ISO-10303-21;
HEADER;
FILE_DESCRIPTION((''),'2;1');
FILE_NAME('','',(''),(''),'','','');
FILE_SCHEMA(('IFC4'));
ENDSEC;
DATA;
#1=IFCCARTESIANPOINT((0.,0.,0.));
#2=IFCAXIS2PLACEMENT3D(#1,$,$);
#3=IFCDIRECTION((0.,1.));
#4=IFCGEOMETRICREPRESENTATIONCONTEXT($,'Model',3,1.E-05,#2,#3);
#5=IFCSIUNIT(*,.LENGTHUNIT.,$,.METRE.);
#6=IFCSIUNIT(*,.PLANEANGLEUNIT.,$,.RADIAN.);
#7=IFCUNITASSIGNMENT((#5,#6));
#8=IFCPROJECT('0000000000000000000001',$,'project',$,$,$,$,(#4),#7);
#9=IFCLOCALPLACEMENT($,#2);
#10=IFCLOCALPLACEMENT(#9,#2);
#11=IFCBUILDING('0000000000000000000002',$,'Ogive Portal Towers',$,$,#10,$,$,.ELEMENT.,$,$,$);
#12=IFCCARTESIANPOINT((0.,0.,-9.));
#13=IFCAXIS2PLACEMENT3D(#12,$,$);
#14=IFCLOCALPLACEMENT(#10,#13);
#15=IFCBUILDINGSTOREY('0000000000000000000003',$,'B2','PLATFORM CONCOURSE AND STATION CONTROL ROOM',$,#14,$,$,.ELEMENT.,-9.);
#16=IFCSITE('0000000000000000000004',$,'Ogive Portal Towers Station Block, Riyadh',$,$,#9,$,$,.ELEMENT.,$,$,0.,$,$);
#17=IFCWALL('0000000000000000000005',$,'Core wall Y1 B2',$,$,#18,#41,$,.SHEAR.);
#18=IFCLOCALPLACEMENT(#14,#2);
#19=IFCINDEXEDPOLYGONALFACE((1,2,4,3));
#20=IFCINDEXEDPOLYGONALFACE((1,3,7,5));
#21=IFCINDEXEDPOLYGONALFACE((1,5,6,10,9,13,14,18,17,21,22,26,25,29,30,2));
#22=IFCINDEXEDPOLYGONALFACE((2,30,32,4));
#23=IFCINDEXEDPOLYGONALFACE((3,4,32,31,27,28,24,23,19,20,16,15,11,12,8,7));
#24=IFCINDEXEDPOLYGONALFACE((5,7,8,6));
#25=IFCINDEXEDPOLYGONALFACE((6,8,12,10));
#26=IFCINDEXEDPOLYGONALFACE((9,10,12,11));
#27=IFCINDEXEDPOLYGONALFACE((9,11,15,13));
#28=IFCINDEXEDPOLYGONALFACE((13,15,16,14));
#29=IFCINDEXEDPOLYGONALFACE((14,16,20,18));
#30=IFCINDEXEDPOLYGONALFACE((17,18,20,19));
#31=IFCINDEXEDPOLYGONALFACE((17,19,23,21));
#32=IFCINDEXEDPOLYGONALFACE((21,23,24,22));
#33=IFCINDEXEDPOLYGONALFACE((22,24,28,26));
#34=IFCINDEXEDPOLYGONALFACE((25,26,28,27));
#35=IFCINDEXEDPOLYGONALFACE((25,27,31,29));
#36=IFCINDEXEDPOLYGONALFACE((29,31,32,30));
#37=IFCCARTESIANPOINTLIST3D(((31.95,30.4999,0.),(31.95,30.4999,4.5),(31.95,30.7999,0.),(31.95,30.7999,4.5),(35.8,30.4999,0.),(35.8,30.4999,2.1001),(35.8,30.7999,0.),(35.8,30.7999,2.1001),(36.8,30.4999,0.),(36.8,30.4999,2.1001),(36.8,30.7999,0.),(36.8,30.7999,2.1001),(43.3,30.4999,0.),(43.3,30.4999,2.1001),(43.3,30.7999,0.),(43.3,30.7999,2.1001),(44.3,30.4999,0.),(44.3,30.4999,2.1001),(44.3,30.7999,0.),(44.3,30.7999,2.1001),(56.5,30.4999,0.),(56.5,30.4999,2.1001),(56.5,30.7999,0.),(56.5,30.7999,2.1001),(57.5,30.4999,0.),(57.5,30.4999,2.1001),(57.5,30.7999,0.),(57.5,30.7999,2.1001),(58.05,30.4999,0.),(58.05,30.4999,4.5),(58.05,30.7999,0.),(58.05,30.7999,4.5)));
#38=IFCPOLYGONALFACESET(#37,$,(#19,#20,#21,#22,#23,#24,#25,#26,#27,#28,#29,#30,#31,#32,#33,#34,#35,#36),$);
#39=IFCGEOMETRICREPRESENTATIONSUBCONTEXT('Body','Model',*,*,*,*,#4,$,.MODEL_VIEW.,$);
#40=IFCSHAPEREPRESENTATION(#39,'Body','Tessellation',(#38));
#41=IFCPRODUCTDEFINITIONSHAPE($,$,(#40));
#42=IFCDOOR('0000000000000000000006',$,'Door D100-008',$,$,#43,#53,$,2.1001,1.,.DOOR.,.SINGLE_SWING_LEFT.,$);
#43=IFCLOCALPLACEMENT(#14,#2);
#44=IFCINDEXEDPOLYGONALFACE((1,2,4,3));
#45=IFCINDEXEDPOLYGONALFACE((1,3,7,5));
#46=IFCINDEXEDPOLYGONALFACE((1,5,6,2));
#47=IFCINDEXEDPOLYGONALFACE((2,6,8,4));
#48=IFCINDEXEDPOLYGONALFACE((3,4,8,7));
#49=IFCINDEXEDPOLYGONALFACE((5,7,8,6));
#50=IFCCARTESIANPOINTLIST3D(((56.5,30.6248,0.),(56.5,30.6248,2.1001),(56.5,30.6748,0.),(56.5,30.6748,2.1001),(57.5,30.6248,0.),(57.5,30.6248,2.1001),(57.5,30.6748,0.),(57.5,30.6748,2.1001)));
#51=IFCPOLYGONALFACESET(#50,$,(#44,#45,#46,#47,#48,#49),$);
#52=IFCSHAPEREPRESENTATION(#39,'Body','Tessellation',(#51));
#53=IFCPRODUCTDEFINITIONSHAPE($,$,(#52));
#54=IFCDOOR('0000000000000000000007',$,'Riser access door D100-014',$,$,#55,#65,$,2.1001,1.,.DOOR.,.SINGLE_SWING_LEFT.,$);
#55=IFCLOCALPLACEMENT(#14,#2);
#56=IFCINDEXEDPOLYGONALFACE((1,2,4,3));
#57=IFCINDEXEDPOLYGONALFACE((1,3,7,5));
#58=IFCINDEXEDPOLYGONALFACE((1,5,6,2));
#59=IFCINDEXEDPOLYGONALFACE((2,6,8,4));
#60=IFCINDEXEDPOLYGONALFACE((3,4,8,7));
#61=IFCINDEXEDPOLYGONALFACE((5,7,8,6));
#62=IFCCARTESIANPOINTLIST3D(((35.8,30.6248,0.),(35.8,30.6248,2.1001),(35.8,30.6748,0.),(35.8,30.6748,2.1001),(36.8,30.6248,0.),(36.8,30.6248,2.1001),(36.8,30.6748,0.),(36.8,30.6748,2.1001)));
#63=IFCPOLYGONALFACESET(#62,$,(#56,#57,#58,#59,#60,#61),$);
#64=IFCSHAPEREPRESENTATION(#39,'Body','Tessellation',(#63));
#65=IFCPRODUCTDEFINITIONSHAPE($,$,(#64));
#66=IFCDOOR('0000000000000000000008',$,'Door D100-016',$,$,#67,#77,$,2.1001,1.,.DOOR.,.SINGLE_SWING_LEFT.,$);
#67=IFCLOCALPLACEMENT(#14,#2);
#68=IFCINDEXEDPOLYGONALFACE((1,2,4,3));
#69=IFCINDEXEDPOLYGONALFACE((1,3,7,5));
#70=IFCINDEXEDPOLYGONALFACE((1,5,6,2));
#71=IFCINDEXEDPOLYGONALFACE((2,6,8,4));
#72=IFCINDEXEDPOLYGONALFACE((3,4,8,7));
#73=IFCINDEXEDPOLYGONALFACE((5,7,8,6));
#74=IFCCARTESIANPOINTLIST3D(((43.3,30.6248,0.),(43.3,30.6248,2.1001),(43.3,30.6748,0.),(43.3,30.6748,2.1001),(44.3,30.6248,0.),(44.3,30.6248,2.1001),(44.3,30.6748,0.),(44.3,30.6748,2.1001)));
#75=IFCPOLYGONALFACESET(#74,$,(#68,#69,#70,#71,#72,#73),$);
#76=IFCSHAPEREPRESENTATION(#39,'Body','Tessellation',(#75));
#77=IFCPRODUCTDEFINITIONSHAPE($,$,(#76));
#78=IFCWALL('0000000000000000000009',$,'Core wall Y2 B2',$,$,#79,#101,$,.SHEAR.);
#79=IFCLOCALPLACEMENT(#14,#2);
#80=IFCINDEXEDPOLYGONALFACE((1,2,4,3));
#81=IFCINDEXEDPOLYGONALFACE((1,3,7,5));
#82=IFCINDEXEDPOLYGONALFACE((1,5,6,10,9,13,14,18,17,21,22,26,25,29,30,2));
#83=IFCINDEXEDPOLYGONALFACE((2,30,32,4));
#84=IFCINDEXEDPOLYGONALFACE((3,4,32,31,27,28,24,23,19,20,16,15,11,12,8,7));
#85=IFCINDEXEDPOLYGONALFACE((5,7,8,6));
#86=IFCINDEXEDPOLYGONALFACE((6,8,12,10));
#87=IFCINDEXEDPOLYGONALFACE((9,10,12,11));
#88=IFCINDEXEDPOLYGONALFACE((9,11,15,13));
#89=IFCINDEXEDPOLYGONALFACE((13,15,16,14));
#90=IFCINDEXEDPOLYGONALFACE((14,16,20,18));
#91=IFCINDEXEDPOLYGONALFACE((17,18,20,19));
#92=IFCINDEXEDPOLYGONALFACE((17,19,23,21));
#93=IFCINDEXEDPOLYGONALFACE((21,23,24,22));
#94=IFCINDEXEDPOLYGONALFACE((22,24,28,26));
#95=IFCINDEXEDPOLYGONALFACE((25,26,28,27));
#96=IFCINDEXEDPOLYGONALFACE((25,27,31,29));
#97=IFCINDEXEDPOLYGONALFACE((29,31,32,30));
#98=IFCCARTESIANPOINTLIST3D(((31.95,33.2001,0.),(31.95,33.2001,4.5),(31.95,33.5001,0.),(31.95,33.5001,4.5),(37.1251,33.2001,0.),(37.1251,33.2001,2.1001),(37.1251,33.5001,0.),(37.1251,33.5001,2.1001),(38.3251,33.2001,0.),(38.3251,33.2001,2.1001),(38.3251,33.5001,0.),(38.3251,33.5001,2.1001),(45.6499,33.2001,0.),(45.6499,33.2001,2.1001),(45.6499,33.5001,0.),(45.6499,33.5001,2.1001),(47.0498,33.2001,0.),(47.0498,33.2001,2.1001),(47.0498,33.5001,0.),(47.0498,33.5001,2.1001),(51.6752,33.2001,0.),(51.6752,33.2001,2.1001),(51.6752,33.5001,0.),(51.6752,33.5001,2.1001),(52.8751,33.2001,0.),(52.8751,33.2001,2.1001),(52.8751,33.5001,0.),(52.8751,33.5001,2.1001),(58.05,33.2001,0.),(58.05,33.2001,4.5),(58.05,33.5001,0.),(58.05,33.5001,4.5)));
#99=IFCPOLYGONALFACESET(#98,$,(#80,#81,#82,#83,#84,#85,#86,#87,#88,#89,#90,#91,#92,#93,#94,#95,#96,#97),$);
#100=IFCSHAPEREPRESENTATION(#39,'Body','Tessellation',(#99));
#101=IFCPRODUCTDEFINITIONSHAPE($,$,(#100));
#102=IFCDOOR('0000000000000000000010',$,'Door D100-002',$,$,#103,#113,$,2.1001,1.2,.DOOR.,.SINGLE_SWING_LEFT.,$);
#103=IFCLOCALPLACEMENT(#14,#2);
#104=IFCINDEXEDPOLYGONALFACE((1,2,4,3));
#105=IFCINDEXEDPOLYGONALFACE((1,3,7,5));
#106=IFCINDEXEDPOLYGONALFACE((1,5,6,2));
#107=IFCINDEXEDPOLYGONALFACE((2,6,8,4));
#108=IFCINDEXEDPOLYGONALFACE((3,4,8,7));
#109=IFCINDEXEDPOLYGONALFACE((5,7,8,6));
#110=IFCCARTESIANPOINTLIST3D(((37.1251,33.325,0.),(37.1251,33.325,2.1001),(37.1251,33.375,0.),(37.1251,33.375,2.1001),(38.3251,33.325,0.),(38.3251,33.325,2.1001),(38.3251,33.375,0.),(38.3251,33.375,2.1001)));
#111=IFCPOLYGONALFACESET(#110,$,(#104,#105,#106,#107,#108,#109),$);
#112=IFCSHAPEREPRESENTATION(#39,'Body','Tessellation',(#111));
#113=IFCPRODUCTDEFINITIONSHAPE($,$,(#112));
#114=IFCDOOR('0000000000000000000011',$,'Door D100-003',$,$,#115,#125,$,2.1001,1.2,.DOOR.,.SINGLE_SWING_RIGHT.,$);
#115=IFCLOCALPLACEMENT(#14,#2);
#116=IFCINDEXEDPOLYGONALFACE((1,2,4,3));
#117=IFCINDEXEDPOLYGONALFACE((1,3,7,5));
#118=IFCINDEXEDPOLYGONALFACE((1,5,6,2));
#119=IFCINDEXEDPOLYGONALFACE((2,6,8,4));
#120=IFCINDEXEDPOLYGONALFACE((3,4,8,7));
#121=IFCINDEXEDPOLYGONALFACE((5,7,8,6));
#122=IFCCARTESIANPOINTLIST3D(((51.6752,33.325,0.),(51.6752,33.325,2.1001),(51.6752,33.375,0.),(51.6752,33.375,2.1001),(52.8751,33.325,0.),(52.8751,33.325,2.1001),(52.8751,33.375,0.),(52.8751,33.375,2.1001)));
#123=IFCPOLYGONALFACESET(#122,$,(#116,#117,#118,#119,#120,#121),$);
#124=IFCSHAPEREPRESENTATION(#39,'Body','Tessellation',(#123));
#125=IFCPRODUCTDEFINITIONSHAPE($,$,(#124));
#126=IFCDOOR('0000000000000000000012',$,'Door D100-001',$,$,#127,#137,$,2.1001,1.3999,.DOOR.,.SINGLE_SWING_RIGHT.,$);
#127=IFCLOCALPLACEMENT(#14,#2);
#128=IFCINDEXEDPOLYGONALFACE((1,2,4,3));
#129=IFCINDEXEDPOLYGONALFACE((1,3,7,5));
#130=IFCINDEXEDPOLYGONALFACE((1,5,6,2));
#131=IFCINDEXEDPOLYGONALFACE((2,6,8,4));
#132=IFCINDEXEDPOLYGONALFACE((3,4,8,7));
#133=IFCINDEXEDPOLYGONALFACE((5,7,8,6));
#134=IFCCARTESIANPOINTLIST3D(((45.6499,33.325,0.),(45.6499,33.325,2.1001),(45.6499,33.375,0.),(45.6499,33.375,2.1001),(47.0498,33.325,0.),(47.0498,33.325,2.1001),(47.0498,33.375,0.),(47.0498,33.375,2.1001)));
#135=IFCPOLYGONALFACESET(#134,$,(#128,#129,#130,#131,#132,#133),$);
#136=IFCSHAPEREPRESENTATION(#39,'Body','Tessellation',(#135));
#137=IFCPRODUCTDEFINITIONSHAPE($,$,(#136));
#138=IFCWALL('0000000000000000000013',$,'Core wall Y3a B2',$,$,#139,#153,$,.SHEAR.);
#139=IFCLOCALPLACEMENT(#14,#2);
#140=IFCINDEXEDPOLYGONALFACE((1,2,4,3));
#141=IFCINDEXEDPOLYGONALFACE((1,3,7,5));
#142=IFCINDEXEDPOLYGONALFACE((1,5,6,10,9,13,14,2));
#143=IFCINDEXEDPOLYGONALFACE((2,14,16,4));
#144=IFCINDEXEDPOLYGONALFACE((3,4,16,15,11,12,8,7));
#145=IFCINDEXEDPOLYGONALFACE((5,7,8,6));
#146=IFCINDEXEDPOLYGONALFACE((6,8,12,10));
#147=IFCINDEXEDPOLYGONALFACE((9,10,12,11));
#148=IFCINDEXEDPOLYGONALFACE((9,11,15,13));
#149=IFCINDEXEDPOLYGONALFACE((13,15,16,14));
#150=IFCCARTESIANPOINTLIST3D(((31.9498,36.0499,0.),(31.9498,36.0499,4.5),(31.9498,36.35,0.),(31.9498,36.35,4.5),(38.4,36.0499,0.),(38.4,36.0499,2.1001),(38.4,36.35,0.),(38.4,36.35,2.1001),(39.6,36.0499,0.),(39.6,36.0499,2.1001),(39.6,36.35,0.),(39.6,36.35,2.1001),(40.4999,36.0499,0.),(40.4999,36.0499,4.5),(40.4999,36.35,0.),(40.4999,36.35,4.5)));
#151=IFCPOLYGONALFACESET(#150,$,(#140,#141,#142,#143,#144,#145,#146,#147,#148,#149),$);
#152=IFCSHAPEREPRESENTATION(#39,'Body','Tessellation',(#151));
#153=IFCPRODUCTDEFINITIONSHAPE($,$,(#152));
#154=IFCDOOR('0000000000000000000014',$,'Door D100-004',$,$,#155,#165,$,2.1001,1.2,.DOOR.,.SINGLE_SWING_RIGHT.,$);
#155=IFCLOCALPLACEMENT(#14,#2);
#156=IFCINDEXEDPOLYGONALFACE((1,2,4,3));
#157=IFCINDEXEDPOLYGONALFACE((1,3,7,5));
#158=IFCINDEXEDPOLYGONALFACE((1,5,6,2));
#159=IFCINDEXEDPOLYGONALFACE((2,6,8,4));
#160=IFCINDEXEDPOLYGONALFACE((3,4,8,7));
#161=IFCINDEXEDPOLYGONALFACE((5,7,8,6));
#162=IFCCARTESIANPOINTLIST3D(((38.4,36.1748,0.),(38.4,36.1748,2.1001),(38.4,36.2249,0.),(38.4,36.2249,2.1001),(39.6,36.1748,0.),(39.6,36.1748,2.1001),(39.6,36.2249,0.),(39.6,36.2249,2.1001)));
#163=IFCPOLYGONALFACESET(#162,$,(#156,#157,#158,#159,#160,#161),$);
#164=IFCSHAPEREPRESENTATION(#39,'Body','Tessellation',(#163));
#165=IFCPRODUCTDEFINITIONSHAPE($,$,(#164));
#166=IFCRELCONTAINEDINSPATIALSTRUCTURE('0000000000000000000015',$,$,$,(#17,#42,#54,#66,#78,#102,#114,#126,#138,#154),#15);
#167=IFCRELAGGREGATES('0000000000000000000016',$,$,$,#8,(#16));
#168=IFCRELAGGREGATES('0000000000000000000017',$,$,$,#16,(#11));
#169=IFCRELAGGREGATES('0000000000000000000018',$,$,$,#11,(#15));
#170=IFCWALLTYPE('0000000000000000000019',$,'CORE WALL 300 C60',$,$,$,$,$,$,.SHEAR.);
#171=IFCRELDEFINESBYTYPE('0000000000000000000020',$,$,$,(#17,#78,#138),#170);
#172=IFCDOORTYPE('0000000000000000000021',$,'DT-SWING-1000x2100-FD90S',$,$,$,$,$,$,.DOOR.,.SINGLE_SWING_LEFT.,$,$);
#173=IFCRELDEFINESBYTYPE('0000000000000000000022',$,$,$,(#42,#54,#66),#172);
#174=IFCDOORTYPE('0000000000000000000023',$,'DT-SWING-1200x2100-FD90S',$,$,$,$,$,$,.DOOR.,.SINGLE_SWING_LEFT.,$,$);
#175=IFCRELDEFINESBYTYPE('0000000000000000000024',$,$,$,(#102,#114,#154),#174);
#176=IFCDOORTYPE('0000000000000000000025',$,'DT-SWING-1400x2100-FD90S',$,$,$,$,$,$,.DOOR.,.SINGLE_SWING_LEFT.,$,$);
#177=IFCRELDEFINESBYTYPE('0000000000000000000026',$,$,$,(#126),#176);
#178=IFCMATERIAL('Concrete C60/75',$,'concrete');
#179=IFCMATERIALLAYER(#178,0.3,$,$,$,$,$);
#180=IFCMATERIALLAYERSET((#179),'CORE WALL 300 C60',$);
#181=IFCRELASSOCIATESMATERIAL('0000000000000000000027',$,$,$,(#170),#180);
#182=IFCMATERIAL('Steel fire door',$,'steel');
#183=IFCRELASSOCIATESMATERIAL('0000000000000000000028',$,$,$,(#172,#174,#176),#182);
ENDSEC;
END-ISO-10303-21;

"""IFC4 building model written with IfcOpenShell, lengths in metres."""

from ifc_helpers import new_model, si_unit, direction, frame, frame_2d, origin, place, context, subcontext, project, spatial, rectangle, extrude, material, layer, layer_set, type_object, element, fill, save


model = new_model("IFC4")

# Units and contexts
model_context = context("Model", 3, precision=1e-05, world=origin(), true_north=direction((0.0, 1.0)))
body_context = subcontext(model_context, "Body", "Model", "MODEL_VIEW")
ifc_project = project(units=[si_unit("LENGTHUNIT", "METRE"), si_unit("PLANEANGLEUNIT", "RADIAN")], contexts=[model_context])

# Site, building, storey
site_placement = place(None, origin())
site = spatial("IfcSite", under=ifc_project, at=site_placement, Name="Ogive Portal Towers Station Block, Riyadh", CompositionType="ELEMENT", RefElevation=0.0)
building_placement = place(site_placement, origin())
building = spatial("IfcBuilding", under=site, at=building_placement, Name="Ogive Portal Towers", CompositionType="ELEMENT")
storey_placement = place(building_placement, frame((0.0, 0.0, -9.0)))
storey = spatial("IfcBuildingStorey", under=building, at=storey_placement, Name="B2", Description="PLATFORM CONCOURSE AND STATION CONTROL ROOM", CompositionType="ELEMENT", Elevation=-9.0)

# Walls, openings, doors
ifc_material_1 = material(Name="Concrete C60/75", Category="concrete")
ifc_layer_1 = layer(ifc_material_1, 0.3)
ifc_layer_set_1 = layer_set([ifc_layer_1], Name="CORE WALL 300 C60")
wall_type_1 = type_object("IfcWallType", Name="CORE WALL 300 C60", PredefinedType="SHEAR", material=ifc_layer_set_1)
wall_1_placement = place(storey_placement, frame((31.95, 30.6499, 0.0), z_axis=(0.0, 0.0, 1.0), x_axis=(1.0, 0.0, 0.0)))
wall_1 = element("IfcWall", 1, at=wall_1_placement, inside=storey, type_object=wall_type_1, Name="Core wall Y1 B2", PredefinedType="SHEAR", context=body_context, shape_type="SweptSolid", body=[
    extrude(rectangle(XDim=26.1001, YDim=0.3, at=frame_2d((13.05, 0.0))), origin(), (0.0, 0.0, 1.0), 4.5),
])
opening_1_placement = place(wall_1_placement, frame((24.55, 0.0, 0.0)))
opening_1 = element("IfcOpeningElement", 2, at=opening_1_placement, cuts=wall_1, PredefinedType="OPENING", context=body_context, shape_type="SweptSolid", body=[
    extrude(rectangle(XDim=1.0, YDim=2.1001, at=frame_2d((0.5, 1.05))), frame((0.0, 0.1602, 0.0), z_axis=(0.0, -1.0, 0.0), x_axis=(1.0, 0.0, 0.0)), (0.0, 0.0, 1.0), 0.3201),
])
opening_2_placement = place(wall_1_placement, frame((3.8501, 0.0, 0.0)))
opening_2 = element("IfcOpeningElement", 3, at=opening_2_placement, cuts=wall_1, PredefinedType="OPENING", context=body_context, shape_type="SweptSolid", body=[
    extrude(rectangle(XDim=1.0, YDim=2.1001, at=frame_2d((0.5, 1.05))), frame((0.0, 0.1602, 0.0), z_axis=(0.0, -1.0, 0.0), x_axis=(1.0, 0.0, 0.0)), (0.0, 0.0, 1.0), 0.3201),
])
opening_3_placement = place(wall_1_placement, frame((11.3501, 0.0, 0.0)))
opening_3 = element("IfcOpeningElement", 4, at=opening_3_placement, cuts=wall_1, PredefinedType="OPENING", context=body_context, shape_type="SweptSolid", body=[
    extrude(rectangle(XDim=1.0, YDim=2.1001, at=frame_2d((0.5, 1.05))), frame((0.0, 0.1602, 0.0), z_axis=(0.0, -1.0, 0.0), x_axis=(1.0, 0.0, 0.0)), (0.0, 0.0, 1.0), 0.3201),
])
ifc_material_2 = material(Name="Steel fire door", Category="steel")
door_type_1 = type_object("IfcDoorType", Name="DT-SWING-1000x2100-FD90S", OperationType="SINGLE_SWING_LEFT", PredefinedType="DOOR", material=ifc_material_2)
door_1_placement = place(opening_1_placement, origin())
door_1 = element("IfcDoor", 5, at=door_1_placement, inside=storey, type_object=door_type_1, Name="Door D100-008", OperationType="SINGLE_SWING_LEFT", OverallHeight=2.1001, OverallWidth=1.0, PredefinedType="DOOR", context=body_context, shape_type="SweptSolid", body=[
    extrude(rectangle(XDim=1.0, YDim=2.1001, at=frame_2d((0.5, 1.05))), frame((0.0, 0.0249, 0.0), z_axis=(0.0, -1.0, 0.0), x_axis=(1.0, 0.0, 0.0)), (0.0, 0.0, 1.0), 0.05),
])
fill(opening_1, door_1)
door_2_placement = place(opening_2_placement, origin())
door_2 = element("IfcDoor", 6, at=door_2_placement, inside=storey, type_object=door_type_1, Name="Riser access door D100-014", OperationType="SINGLE_SWING_LEFT", OverallHeight=2.1001, OverallWidth=1.0, PredefinedType="DOOR", context=body_context, shape_type="SweptSolid", body=[
    extrude(rectangle(XDim=1.0, YDim=2.1001, at=frame_2d((0.5, 1.05))), frame((0.0, 0.0249, 0.0), z_axis=(0.0, -1.0, 0.0), x_axis=(1.0, 0.0, 0.0)), (0.0, 0.0, 1.0), 0.05),
])
fill(opening_2, door_2)
door_3_placement = place(opening_3_placement, origin())
door_3 = element("IfcDoor", 7, at=door_3_placement, inside=storey, type_object=door_type_1, Name="Door D100-016", OperationType="SINGLE_SWING_LEFT", OverallHeight=2.1001, OverallWidth=1.0, PredefinedType="DOOR", context=body_context, shape_type="SweptSolid", body=[
    extrude(rectangle(XDim=1.0, YDim=2.1001, at=frame_2d((0.5, 1.05))), frame((0.0, 0.0249, 0.0), z_axis=(0.0, -1.0, 0.0), x_axis=(1.0, 0.0, 0.0)), (0.0, 0.0, 1.0), 0.05),
])
fill(opening_3, door_3)
wall_2_placement = place(storey_placement, frame((31.95, 33.3501, 0.0), z_axis=(0.0, 0.0, 1.0), x_axis=(1.0, 0.0, 0.0)))
wall_2 = element("IfcWall", 8, at=wall_2_placement, inside=storey, type_object=wall_type_1, Name="Core wall Y2 B2", PredefinedType="SHEAR", context=body_context, shape_type="SweptSolid", body=[
    extrude(rectangle(XDim=26.1001, YDim=0.3, at=frame_2d((13.05, 0.0))), origin(), (0.0, 0.0, 1.0), 4.5),
])
opening_4_placement = place(wall_2_placement, frame((13.7, 0.0, 0.0)))
opening_4 = element("IfcOpeningElement", 9, at=opening_4_placement, cuts=wall_2, PredefinedType="OPENING", context=body_context, shape_type="SweptSolid", body=[
    extrude(rectangle(XDim=1.3999, YDim=2.1001, at=frame_2d((0.7, 1.05))), frame((0.0, 0.1602, 0.0), z_axis=(0.0, -1.0, 0.0), x_axis=(1.0, 0.0, 0.0)), (0.0, 0.0, 1.0), 0.3201),
])
opening_5_placement = place(wall_2_placement, frame((5.175, 0.0, 0.0)))
opening_5 = element("IfcOpeningElement", 10, at=opening_5_placement, cuts=wall_2, PredefinedType="OPENING", context=body_context, shape_type="SweptSolid", body=[
    extrude(rectangle(XDim=1.2, YDim=2.1001, at=frame_2d((0.6001, 1.05))), frame((0.0, 0.1602, 0.0), z_axis=(0.0, -1.0, 0.0), x_axis=(1.0, 0.0, 0.0)), (0.0, 0.0, 1.0), 0.3201),
])
opening_6_placement = place(wall_2_placement, frame((19.7251, 0.0, 0.0)))
opening_6 = element("IfcOpeningElement", 11, at=opening_6_placement, cuts=wall_2, PredefinedType="OPENING", context=body_context, shape_type="SweptSolid", body=[
    extrude(rectangle(XDim=1.2, YDim=2.1001, at=frame_2d((0.6001, 1.05))), frame((0.0, 0.1602, 0.0), z_axis=(0.0, -1.0, 0.0), x_axis=(1.0, 0.0, 0.0)), (0.0, 0.0, 1.0), 0.3201),
])
door_type_2 = type_object("IfcDoorType", Name="DT-SWING-1200x2100-FD90S", OperationType="SINGLE_SWING_LEFT", PredefinedType="DOOR", material=ifc_material_2)
door_4_placement = place(opening_5_placement, origin())
door_4 = element("IfcDoor", 12, at=door_4_placement, inside=storey, type_object=door_type_2, Name="Door D100-002", OperationType="SINGLE_SWING_LEFT", OverallHeight=2.1001, OverallWidth=1.2, PredefinedType="DOOR", context=body_context, shape_type="SweptSolid", body=[
    extrude(rectangle(XDim=1.2, YDim=2.1001, at=frame_2d((0.6001, 1.05))), frame((0.0, 0.0249, 0.0), z_axis=(0.0, -1.0, 0.0), x_axis=(1.0, 0.0, 0.0)), (0.0, 0.0, 1.0), 0.05),
])
fill(opening_5, door_4)
door_5_placement = place(opening_6_placement, origin())
door_5 = element("IfcDoor", 13, at=door_5_placement, inside=storey, type_object=door_type_2, Name="Door D100-003", OperationType="SINGLE_SWING_RIGHT", OverallHeight=2.1001, OverallWidth=1.2, PredefinedType="DOOR", context=body_context, shape_type="SweptSolid", body=[
    extrude(rectangle(XDim=1.2, YDim=2.1001, at=frame_2d((0.6001, 1.05))), frame((0.0, 0.0249, 0.0), z_axis=(0.0, -1.0, 0.0), x_axis=(1.0, 0.0, 0.0)), (0.0, 0.0, 1.0), 0.05),
])
fill(opening_6, door_5)
door_type_3 = type_object("IfcDoorType", Name="DT-SWING-1400x2100-FD90S", OperationType="SINGLE_SWING_LEFT", PredefinedType="DOOR", material=ifc_material_2)
door_6_placement = place(opening_4_placement, origin())
door_6 = element("IfcDoor", 14, at=door_6_placement, inside=storey, type_object=door_type_3, Name="Door D100-001", OperationType="SINGLE_SWING_RIGHT", OverallHeight=2.1001, OverallWidth=1.3999, PredefinedType="DOOR", context=body_context, shape_type="SweptSolid", body=[
    extrude(rectangle(XDim=1.3999, YDim=2.1001, at=frame_2d((0.7, 1.05))), frame((0.0, 0.0249, 0.0), z_axis=(0.0, -1.0, 0.0), x_axis=(1.0, 0.0, 0.0)), (0.0, 0.0, 1.0), 0.05),
])
fill(opening_4, door_6)

# Wall, opening, door
wall_3_placement = place(storey_placement, frame((31.95, 36.2, 0.0), z_axis=(0.0, 0.0, 1.0), x_axis=(1.0, 0.0, 0.0)))
wall_3 = element("IfcWall", 15, at=wall_3_placement, inside=storey, type_object=wall_type_1, Name="Core wall Y3a B2", PredefinedType="SHEAR", context=body_context, shape_type="SweptSolid", body=[
    extrude(rectangle(XDim=8.55, YDim=0.3, at=frame_2d((4.2749, 0.0))), origin(), (0.0, 0.0, 1.0), 4.5),
])
opening_7_placement = place(wall_3_placement, frame((6.45, 0.0, 0.0)))
opening_7 = element("IfcOpeningElement", 16, at=opening_7_placement, cuts=wall_3, PredefinedType="OPENING", context=body_context, shape_type="SweptSolid", body=[
    extrude(rectangle(XDim=1.2, YDim=2.1001, at=frame_2d((0.6001, 1.05))), frame((0.0, 0.1602, 0.0), z_axis=(0.0, -1.0, 0.0), x_axis=(1.0, 0.0, 0.0)), (0.0, 0.0, 1.0), 0.3201),
])
door_7_placement = place(opening_7_placement, origin())
door_7 = element("IfcDoor", 17, at=door_7_placement, inside=storey, type_object=door_type_2, Name="Door D100-004", OperationType="SINGLE_SWING_RIGHT", OverallHeight=2.1001, OverallWidth=1.2, PredefinedType="DOOR", context=body_context, shape_type="SweptSolid", body=[
    extrude(rectangle(XDim=1.2, YDim=2.1001, at=frame_2d((0.6001, 1.05))), frame((0.0, 0.0249, 0.0), z_axis=(0.0, -1.0, 0.0), x_axis=(1.0, 0.0, 0.0)), (0.0, 0.0, 1.0), 0.05),
])
fill(opening_7, door_7)

save(model, "model.ifc")
